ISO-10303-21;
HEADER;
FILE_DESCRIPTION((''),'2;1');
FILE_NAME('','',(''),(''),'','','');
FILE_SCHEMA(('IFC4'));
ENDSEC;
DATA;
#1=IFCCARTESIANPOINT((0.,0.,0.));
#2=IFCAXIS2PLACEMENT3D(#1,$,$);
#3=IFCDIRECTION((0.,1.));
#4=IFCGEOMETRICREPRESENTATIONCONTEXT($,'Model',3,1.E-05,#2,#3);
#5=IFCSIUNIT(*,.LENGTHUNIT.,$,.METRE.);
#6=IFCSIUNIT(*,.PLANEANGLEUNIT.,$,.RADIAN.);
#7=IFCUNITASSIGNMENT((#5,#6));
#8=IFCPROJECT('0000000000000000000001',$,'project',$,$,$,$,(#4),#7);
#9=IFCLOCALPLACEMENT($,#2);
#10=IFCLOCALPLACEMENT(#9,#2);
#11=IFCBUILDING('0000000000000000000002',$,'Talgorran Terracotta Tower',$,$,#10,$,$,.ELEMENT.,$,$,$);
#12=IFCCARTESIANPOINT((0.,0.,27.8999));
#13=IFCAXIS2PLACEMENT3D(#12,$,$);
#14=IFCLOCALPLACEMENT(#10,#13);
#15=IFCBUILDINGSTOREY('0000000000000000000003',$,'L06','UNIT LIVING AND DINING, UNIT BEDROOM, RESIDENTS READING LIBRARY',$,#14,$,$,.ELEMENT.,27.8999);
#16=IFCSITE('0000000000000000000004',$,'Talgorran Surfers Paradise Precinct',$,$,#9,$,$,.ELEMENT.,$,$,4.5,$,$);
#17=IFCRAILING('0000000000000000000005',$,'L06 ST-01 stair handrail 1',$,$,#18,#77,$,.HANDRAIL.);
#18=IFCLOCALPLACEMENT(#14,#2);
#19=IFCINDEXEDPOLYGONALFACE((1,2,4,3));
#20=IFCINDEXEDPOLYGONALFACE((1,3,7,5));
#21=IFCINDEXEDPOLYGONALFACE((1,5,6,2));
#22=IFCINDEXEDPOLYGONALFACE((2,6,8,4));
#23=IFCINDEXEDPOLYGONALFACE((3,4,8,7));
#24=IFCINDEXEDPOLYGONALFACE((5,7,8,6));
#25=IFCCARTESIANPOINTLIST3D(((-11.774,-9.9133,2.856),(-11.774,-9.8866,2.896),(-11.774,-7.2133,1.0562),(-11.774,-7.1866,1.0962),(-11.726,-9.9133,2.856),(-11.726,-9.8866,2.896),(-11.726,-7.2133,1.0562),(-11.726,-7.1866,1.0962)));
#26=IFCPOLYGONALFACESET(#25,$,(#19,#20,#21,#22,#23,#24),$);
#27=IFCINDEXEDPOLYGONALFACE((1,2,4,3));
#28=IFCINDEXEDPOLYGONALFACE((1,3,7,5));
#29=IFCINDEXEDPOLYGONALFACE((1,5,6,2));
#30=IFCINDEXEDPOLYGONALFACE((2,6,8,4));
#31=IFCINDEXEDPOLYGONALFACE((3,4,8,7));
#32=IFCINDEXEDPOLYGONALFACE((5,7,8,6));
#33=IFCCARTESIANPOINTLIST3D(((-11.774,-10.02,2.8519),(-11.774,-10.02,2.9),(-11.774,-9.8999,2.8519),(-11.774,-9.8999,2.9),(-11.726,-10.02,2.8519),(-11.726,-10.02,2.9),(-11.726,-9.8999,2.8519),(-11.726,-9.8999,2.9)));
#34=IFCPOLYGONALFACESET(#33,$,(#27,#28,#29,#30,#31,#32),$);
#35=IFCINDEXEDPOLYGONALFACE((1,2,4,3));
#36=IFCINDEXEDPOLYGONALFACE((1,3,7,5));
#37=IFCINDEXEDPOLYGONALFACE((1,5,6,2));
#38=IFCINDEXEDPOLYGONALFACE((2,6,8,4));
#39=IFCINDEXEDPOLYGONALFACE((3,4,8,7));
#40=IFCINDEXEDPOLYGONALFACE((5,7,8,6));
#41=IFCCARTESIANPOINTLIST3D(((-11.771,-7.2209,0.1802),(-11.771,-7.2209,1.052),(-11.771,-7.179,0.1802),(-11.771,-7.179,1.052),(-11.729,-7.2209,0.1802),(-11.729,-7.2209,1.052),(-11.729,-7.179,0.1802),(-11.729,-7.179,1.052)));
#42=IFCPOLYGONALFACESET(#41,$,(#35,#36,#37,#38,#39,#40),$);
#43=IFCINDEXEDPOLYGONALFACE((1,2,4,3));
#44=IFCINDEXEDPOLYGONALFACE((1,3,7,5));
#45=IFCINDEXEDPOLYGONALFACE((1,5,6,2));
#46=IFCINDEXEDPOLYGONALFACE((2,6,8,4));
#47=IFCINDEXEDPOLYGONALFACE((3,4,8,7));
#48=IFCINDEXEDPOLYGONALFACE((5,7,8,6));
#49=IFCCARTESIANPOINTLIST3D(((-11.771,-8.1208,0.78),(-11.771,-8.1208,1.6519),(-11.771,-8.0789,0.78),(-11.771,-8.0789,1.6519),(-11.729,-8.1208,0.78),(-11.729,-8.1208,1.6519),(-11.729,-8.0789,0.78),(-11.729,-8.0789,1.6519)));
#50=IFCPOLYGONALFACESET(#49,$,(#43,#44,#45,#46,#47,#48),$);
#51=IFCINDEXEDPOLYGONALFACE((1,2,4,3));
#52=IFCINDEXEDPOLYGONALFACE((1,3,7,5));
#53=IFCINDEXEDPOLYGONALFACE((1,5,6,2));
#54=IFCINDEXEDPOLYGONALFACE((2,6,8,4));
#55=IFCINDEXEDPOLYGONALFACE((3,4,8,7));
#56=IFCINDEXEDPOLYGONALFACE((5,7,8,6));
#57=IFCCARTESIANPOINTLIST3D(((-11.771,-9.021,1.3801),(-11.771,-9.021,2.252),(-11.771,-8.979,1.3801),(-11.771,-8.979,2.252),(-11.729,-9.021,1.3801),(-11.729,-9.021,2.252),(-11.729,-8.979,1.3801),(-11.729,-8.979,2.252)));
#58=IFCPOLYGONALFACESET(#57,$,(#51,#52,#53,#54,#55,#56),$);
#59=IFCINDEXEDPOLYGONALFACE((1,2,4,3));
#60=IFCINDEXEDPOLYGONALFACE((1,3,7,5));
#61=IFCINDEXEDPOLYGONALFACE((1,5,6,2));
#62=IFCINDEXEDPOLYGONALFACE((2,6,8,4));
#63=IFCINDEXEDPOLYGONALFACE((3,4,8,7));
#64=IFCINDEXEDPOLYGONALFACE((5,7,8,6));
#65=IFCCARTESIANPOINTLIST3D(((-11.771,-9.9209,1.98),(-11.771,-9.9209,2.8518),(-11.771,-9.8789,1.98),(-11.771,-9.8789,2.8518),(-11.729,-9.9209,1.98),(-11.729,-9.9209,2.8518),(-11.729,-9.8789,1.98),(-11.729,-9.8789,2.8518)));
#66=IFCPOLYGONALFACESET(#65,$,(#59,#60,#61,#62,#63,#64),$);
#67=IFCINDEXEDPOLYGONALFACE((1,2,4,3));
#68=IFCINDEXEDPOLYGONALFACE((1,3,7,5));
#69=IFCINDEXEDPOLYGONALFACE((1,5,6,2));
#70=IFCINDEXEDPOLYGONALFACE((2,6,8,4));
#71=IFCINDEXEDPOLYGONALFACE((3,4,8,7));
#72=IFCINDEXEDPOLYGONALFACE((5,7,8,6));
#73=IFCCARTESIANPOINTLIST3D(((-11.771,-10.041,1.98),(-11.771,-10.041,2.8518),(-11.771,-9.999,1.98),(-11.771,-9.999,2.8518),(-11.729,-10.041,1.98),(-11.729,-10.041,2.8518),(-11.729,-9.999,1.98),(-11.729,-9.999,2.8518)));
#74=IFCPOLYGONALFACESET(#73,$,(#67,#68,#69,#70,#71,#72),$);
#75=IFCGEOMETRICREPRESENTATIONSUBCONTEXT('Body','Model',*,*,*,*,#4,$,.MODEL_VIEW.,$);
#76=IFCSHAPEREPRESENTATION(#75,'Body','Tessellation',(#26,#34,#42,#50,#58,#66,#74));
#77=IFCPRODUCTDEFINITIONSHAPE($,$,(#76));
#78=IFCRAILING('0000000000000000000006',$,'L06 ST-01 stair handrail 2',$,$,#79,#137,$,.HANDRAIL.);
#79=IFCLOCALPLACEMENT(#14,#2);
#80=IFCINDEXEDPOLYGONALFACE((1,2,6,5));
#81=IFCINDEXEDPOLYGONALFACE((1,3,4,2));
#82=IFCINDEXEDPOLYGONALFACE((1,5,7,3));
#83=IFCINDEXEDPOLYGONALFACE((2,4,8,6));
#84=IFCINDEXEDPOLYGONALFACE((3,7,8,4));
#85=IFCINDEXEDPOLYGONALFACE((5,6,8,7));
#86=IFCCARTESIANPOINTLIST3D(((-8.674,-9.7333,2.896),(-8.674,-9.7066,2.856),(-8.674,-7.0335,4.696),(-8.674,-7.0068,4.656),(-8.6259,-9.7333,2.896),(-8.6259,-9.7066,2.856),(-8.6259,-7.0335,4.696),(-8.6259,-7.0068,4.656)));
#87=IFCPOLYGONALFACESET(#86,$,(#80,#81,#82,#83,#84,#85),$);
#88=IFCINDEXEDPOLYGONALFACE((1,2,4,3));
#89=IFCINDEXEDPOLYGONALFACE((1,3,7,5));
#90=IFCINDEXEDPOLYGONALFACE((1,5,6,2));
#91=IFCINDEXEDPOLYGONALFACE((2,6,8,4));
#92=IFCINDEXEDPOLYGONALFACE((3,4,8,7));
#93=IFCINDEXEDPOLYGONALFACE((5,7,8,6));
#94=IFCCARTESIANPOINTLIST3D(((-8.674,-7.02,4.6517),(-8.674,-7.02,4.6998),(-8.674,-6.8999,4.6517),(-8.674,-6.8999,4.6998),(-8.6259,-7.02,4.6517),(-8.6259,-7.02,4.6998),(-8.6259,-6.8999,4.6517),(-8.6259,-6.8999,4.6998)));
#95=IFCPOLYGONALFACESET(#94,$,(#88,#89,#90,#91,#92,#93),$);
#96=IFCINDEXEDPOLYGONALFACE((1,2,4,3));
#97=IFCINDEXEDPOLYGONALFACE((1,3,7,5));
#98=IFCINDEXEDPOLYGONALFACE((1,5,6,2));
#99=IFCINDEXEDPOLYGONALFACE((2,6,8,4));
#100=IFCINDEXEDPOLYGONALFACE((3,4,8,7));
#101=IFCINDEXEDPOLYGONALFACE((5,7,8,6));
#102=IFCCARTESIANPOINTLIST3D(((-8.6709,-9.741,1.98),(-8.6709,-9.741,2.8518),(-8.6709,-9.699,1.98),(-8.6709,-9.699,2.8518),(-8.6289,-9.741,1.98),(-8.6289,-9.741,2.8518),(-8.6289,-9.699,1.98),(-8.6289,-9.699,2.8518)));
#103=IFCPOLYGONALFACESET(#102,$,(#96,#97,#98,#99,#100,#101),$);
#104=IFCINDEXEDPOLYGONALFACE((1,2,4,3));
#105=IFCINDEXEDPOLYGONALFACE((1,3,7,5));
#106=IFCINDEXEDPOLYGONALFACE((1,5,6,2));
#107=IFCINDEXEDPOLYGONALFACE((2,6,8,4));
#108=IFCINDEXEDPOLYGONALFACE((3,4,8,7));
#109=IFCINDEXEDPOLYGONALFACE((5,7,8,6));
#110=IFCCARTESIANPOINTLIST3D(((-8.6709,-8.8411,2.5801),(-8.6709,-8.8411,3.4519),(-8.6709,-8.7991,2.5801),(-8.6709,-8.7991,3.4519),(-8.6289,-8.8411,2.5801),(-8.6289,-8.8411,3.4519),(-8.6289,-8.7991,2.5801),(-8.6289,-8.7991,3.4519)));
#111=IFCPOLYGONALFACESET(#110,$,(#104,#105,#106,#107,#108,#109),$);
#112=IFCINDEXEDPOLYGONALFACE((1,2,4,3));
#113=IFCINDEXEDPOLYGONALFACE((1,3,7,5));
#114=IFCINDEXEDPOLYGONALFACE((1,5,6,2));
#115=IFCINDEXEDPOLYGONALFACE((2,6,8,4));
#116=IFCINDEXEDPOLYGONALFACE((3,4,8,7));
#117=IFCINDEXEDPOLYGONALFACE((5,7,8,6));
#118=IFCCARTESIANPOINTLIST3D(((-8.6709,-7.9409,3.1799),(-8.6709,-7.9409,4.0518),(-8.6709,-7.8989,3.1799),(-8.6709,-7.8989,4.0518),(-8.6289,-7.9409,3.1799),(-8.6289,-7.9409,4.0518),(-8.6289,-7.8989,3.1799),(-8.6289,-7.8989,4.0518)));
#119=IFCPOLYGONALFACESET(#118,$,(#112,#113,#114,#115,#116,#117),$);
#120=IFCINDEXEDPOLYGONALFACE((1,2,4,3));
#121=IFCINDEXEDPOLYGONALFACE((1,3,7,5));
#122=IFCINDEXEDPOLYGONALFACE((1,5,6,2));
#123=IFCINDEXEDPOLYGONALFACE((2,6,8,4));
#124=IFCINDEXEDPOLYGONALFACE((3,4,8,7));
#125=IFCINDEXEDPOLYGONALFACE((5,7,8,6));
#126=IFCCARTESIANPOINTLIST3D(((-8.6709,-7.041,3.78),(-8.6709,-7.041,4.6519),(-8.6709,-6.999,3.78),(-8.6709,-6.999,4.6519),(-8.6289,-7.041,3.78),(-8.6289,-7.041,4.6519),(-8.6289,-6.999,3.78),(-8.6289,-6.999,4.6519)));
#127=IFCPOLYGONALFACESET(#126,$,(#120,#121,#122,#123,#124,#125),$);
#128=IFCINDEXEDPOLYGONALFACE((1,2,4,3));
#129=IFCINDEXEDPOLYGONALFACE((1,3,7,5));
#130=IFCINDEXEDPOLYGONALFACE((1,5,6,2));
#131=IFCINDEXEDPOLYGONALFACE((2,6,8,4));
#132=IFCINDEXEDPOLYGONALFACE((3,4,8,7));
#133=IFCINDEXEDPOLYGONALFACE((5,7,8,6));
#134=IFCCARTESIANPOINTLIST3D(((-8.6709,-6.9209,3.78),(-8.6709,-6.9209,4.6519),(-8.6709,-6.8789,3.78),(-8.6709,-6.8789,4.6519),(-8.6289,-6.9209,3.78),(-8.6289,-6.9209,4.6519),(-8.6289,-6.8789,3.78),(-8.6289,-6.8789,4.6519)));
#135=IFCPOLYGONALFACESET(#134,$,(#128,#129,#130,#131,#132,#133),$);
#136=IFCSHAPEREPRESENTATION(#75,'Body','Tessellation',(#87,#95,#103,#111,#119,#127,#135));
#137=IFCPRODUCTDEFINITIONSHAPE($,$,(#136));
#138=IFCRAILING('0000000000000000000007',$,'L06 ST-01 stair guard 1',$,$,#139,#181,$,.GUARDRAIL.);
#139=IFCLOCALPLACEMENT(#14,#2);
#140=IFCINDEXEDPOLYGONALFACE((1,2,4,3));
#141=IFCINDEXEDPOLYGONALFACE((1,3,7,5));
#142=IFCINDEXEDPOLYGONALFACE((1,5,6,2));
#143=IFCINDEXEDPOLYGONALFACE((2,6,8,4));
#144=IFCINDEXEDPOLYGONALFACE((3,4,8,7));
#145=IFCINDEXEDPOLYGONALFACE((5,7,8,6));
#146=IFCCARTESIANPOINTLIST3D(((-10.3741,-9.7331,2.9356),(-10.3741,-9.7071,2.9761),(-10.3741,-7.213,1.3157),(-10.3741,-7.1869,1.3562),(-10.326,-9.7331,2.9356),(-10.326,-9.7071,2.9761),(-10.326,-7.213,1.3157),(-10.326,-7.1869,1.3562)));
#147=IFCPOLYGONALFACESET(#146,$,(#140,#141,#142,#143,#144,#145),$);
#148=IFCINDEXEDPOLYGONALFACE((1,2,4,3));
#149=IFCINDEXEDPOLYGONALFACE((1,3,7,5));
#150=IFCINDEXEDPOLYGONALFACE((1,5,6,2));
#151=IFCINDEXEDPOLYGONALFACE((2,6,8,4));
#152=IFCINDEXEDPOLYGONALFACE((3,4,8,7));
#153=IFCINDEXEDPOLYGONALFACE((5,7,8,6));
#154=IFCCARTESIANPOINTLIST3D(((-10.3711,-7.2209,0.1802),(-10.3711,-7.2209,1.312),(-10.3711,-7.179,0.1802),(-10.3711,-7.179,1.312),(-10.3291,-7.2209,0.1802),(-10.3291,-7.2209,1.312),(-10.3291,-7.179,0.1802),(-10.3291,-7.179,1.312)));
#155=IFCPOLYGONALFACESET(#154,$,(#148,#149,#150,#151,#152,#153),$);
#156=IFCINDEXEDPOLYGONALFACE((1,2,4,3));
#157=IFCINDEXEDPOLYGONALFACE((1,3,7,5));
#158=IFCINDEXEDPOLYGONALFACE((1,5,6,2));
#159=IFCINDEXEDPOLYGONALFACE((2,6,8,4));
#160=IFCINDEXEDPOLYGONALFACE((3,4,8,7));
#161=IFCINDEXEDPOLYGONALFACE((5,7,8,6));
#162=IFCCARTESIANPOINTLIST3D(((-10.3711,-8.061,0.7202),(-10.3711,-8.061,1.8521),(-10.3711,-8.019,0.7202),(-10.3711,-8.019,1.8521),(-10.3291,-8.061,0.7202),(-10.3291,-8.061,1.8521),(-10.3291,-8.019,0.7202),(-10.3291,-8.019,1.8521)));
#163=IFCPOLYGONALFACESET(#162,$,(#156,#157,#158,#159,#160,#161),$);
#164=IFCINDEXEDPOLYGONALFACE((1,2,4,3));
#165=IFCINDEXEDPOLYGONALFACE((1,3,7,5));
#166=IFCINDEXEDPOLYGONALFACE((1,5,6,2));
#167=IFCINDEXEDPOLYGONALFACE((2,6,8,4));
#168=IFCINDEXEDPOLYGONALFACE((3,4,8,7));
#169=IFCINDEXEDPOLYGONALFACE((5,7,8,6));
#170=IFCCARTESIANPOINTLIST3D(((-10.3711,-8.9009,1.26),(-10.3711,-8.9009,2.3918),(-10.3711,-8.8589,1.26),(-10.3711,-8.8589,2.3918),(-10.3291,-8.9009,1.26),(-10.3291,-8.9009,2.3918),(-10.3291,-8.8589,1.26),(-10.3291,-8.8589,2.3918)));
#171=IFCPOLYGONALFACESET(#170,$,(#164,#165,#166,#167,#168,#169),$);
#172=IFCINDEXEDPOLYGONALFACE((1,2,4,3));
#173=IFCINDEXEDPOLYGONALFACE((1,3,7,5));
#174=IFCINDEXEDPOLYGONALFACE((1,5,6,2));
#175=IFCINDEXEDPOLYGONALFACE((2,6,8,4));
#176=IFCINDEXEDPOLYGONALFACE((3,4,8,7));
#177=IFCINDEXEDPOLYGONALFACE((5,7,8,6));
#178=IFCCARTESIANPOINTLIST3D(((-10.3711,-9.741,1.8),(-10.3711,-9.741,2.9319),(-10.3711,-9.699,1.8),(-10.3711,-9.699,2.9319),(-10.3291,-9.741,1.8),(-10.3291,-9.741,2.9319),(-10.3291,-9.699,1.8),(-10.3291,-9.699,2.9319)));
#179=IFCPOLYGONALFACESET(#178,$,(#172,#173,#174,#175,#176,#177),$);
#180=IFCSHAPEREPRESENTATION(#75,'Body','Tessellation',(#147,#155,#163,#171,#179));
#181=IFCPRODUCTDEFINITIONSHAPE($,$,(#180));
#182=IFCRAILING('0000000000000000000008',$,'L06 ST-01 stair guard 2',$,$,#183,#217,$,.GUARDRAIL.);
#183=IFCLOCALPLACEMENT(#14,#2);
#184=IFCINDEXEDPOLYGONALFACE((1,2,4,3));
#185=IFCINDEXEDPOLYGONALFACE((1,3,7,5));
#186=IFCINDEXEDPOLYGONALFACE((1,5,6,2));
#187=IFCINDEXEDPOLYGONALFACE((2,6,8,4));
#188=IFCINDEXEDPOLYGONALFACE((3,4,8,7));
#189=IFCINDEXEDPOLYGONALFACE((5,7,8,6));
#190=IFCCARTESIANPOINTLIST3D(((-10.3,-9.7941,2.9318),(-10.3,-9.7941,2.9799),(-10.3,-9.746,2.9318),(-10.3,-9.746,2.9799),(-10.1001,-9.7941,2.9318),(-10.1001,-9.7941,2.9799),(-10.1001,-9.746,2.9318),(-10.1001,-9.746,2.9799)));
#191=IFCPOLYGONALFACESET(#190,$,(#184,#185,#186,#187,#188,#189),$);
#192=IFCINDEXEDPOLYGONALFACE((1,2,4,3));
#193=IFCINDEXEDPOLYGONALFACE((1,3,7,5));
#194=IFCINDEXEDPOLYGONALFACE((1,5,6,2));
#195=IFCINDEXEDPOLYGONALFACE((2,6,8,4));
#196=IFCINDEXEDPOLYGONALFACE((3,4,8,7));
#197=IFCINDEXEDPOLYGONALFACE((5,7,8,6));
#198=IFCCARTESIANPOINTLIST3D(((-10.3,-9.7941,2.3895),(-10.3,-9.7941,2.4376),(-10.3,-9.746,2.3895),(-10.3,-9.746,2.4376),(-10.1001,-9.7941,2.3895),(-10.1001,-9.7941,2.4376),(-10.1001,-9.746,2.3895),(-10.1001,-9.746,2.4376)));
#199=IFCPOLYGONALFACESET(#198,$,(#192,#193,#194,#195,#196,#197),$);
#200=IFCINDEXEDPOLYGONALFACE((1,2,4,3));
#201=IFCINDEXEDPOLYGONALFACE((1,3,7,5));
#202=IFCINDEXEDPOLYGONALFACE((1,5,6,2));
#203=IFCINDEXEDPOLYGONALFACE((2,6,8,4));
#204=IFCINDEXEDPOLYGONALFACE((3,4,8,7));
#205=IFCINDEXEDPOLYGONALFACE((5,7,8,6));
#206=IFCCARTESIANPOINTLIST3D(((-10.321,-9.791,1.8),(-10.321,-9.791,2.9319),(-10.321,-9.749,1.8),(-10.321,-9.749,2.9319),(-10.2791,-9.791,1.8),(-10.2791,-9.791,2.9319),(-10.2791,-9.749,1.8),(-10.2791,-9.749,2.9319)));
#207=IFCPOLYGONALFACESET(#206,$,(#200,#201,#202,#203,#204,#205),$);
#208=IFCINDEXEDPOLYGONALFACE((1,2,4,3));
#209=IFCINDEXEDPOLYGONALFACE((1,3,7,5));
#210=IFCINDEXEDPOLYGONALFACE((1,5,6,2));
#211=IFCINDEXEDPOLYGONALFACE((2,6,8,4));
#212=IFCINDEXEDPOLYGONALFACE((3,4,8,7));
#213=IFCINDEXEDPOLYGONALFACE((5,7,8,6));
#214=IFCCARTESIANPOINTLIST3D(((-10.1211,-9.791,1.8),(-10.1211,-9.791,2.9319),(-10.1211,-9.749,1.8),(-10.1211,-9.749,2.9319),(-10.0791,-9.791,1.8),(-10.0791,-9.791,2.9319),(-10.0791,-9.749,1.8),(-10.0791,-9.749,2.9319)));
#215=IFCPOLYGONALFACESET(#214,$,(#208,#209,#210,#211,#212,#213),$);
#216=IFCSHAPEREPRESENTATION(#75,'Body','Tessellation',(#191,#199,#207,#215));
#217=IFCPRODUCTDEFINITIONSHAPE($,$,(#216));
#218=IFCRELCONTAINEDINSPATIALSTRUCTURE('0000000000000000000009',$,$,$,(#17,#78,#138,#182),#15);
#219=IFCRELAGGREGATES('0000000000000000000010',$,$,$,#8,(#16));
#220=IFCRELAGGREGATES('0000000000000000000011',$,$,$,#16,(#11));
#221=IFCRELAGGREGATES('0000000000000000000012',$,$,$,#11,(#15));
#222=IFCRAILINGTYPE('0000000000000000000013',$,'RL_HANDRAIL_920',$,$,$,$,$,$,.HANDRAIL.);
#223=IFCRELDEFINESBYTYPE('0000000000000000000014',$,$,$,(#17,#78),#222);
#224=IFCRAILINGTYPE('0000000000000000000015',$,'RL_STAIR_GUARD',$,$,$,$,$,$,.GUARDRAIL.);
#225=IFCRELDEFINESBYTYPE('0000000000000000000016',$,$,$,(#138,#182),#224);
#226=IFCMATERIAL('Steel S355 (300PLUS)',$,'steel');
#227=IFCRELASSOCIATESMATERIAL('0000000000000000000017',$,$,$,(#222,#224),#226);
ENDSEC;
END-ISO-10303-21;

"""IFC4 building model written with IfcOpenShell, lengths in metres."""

from ifc_helpers import new_model, si_unit, direction, frame, origin, origin_2d, place, context, subcontext, project, spatial, rectangle, extrude, material, type_object, element, save


model = new_model("IFC4")

# Units and contexts
model_context = context("Model", 3, precision=1e-05, world=origin(), true_north=direction((0.0, 1.0)))
body_context = subcontext(model_context, "Body", "Model", "MODEL_VIEW")
ifc_project = project(units=[si_unit("LENGTHUNIT", "METRE"), si_unit("PLANEANGLEUNIT", "RADIAN")], contexts=[model_context])

# Site, building, storey
site_placement = place(None, origin())
site = spatial("IfcSite", under=ifc_project, at=site_placement, Name="Talgorran Surfers Paradise Precinct", CompositionType="ELEMENT", RefElevation=4.5)
building_placement = place(site_placement, origin())
building = spatial("IfcBuilding", under=site, at=building_placement, Name="Talgorran Terracotta Tower", CompositionType="ELEMENT")
storey_placement = place(building_placement, frame((0.0, 0.0, 27.8999)))
storey = spatial("IfcBuildingStorey", under=building, at=storey_placement, Name="L06", Description="UNIT LIVING AND DINING, UNIT BEDROOM, RESIDENTS READING LIBRARY", CompositionType="ELEMENT", Elevation=27.8999)

# Shared definitions
ifc_material_1 = material(Name="Steel S355 (300PLUS)", Category="steel")

# Railings
railing_type_1 = type_object("IfcRailingType", Name="RL_HANDRAIL_920", PredefinedType="HANDRAIL", material=ifc_material_1)
railing_1_placement = place(storey_placement, frame((-11.75, -7.2, 0.1802)))
element("IfcRailing", 1, at=railing_1_placement, inside=storey, type_object=railing_type_1, Name="L06 ST-01 stair handrail 1", PredefinedType="HANDRAIL", context=body_context, shape_type="SweptSolid", body=[
    extrude(rectangle(XDim=0.0481, YDim=0.0481, at=origin_2d()), frame((0.0, 0.0, 0.896), z_axis=(0.0, -0.832073, 0.554665), x_axis=(1.0, 0.0, 0.0)), (0.0, 0.0, 1.0), 3.2449),
    extrude(rectangle(XDim=0.0481, YDim=0.0481, at=origin_2d()), frame((0.0, -2.7, 2.6958), z_axis=(0.0, -1.0, 0.0), x_axis=(1.0, 0.0, 0.0)), (0.0, 0.0, 1.0), 0.1201),
    extrude(rectangle(XDim=0.042, YDim=0.042, at=origin_2d()), origin(), (0.0, 0.0, 1.0), 0.8718),
    extrude(rectangle(XDim=0.042, YDim=0.042, at=origin_2d()), frame((0.0, -0.8999, 0.5999)), (0.0, 0.0, 1.0), 0.8718),
    extrude(rectangle(XDim=0.042, YDim=0.042, at=origin_2d()), frame((0.0, -1.8, 1.2)), (0.0, 0.0, 1.0), 0.8718),
    extrude(rectangle(XDim=0.042, YDim=0.042, at=origin_2d()), frame((0.0, -2.7, 1.7998)), (0.0, 0.0, 1.0), 0.8718),
    extrude(rectangle(XDim=0.042, YDim=0.042, at=origin_2d()), frame((0.0, -2.8201, 1.7998)), (0.0, 0.0, 1.0), 0.8718),
])
railing_2_placement = place(storey_placement, frame((-8.6499, -9.72, 1.98)))
element("IfcRailing", 2, at=railing_2_placement, inside=storey, type_object=railing_type_1, Name="L06 ST-01 stair handrail 2", PredefinedType="HANDRAIL", context=body_context, shape_type="SweptSolid", body=[
    extrude(rectangle(XDim=0.0481, YDim=0.0481, at=origin_2d()), frame((0.0, 0.0, 0.896), z_axis=(0.0, 0.832039, 0.554718), x_axis=(-1.0, 0.0, 0.0)), (0.0, 0.0, 1.0), 3.2449),
    extrude(rectangle(XDim=0.0481, YDim=0.0481, at=origin_2d()), frame((0.0, 2.7, 2.6958), z_axis=(0.0, 1.0, 0.0), x_axis=(-1.0, 0.0, 0.0)), (0.0, 0.0, 1.0), 0.1201),
    extrude(rectangle(XDim=0.042, YDim=0.042, at=origin_2d()), origin(), (0.0, 0.0, 1.0), 0.8718),
    extrude(rectangle(XDim=0.042, YDim=0.042, at=origin_2d()), frame((0.0, 0.8999, 0.6001)), (0.0, 0.0, 1.0), 0.8718),
    extrude(rectangle(XDim=0.042, YDim=0.042, at=origin_2d()), frame((0.0, 1.8, 1.2)), (0.0, 0.0, 1.0), 0.8718),
    extrude(rectangle(XDim=0.042, YDim=0.042, at=origin_2d()), frame((0.0, 2.7, 1.8)), (0.0, 0.0, 1.0), 0.8718),
    extrude(rectangle(XDim=0.042, YDim=0.042, at=origin_2d()), frame((0.0, 2.8201, 1.8)), (0.0, 0.0, 1.0), 0.8718),
])
railing_type_2 = type_object("IfcRailingType", Name="RL_STAIR_GUARD", PredefinedType="GUARDRAIL", material=ifc_material_1)
railing_3_placement = place(storey_placement, frame((-10.3501, -7.2, 0.1802)))
element("IfcRailing", 3, at=railing_3_placement, inside=storey, type_object=railing_type_2, Name="L06 ST-01 stair guard 1", PredefinedType="GUARDRAIL", context=body_context, shape_type="SweptSolid", body=[
    extrude(rectangle(XDim=0.0481, YDim=0.0481, at=origin_2d()), frame((0.0, 0.0, 1.1558), z_axis=(0.0, -0.8412, 0.540725), x_axis=(1.0, 0.0, 0.0)), (0.0, 0.0, 1.0), 2.9958),
    extrude(rectangle(XDim=0.042, YDim=0.042, at=origin_2d()), origin(), (0.0, 0.0, 1.0), 1.1318),
    extrude(rectangle(XDim=0.042, YDim=0.042, at=origin_2d()), frame((0.0, -0.8401, 0.54)), (0.0, 0.0, 1.0), 1.1318),
    extrude(rectangle(XDim=0.042, YDim=0.042, at=origin_2d()), frame((0.0, -1.6799, 1.0798)), (0.0, 0.0, 1.0), 1.1318),
    extrude(rectangle(XDim=0.042, YDim=0.042, at=origin_2d()), frame((0.0, -2.52, 1.6199)), (0.0, 0.0, 1.0), 1.1318),
])
railing_4_placement = place(storey_placement, frame((-10.3, -9.77, 1.8)))
element("IfcRailing", 4, at=railing_4_placement, inside=storey, type_object=railing_type_2, Name="L06 ST-01 stair guard 2", PredefinedType="GUARDRAIL", context=body_context, shape_type="SweptSolid", body=[
    extrude(rectangle(XDim=0.0481, YDim=0.0481, at=origin_2d()), frame((0.0, 0.0, 1.1558), z_axis=(1.0, 0.0, 0.0), x_axis=(0.0, 1.0, 0.0)), (0.0, 0.0, 1.0), 0.2),
    extrude(rectangle(XDim=0.0481, YDim=0.0481, at=origin_2d()), frame((0.0, 0.0, 0.6135), z_axis=(1.0, 0.0, 0.0), x_axis=(0.0, 1.0, 0.0)), (0.0, 0.0, 1.0), 0.2),
    extrude(rectangle(XDim=0.042, YDim=0.042, at=origin_2d()), origin(), (0.0, 0.0, 1.0), 1.1318),
    extrude(rectangle(XDim=0.042, YDim=0.042, at=origin_2d()), frame((0.2, 0.0, 0.0)), (0.0, 0.0, 1.0), 1.1318),
])

save(model, "model.ifc")
